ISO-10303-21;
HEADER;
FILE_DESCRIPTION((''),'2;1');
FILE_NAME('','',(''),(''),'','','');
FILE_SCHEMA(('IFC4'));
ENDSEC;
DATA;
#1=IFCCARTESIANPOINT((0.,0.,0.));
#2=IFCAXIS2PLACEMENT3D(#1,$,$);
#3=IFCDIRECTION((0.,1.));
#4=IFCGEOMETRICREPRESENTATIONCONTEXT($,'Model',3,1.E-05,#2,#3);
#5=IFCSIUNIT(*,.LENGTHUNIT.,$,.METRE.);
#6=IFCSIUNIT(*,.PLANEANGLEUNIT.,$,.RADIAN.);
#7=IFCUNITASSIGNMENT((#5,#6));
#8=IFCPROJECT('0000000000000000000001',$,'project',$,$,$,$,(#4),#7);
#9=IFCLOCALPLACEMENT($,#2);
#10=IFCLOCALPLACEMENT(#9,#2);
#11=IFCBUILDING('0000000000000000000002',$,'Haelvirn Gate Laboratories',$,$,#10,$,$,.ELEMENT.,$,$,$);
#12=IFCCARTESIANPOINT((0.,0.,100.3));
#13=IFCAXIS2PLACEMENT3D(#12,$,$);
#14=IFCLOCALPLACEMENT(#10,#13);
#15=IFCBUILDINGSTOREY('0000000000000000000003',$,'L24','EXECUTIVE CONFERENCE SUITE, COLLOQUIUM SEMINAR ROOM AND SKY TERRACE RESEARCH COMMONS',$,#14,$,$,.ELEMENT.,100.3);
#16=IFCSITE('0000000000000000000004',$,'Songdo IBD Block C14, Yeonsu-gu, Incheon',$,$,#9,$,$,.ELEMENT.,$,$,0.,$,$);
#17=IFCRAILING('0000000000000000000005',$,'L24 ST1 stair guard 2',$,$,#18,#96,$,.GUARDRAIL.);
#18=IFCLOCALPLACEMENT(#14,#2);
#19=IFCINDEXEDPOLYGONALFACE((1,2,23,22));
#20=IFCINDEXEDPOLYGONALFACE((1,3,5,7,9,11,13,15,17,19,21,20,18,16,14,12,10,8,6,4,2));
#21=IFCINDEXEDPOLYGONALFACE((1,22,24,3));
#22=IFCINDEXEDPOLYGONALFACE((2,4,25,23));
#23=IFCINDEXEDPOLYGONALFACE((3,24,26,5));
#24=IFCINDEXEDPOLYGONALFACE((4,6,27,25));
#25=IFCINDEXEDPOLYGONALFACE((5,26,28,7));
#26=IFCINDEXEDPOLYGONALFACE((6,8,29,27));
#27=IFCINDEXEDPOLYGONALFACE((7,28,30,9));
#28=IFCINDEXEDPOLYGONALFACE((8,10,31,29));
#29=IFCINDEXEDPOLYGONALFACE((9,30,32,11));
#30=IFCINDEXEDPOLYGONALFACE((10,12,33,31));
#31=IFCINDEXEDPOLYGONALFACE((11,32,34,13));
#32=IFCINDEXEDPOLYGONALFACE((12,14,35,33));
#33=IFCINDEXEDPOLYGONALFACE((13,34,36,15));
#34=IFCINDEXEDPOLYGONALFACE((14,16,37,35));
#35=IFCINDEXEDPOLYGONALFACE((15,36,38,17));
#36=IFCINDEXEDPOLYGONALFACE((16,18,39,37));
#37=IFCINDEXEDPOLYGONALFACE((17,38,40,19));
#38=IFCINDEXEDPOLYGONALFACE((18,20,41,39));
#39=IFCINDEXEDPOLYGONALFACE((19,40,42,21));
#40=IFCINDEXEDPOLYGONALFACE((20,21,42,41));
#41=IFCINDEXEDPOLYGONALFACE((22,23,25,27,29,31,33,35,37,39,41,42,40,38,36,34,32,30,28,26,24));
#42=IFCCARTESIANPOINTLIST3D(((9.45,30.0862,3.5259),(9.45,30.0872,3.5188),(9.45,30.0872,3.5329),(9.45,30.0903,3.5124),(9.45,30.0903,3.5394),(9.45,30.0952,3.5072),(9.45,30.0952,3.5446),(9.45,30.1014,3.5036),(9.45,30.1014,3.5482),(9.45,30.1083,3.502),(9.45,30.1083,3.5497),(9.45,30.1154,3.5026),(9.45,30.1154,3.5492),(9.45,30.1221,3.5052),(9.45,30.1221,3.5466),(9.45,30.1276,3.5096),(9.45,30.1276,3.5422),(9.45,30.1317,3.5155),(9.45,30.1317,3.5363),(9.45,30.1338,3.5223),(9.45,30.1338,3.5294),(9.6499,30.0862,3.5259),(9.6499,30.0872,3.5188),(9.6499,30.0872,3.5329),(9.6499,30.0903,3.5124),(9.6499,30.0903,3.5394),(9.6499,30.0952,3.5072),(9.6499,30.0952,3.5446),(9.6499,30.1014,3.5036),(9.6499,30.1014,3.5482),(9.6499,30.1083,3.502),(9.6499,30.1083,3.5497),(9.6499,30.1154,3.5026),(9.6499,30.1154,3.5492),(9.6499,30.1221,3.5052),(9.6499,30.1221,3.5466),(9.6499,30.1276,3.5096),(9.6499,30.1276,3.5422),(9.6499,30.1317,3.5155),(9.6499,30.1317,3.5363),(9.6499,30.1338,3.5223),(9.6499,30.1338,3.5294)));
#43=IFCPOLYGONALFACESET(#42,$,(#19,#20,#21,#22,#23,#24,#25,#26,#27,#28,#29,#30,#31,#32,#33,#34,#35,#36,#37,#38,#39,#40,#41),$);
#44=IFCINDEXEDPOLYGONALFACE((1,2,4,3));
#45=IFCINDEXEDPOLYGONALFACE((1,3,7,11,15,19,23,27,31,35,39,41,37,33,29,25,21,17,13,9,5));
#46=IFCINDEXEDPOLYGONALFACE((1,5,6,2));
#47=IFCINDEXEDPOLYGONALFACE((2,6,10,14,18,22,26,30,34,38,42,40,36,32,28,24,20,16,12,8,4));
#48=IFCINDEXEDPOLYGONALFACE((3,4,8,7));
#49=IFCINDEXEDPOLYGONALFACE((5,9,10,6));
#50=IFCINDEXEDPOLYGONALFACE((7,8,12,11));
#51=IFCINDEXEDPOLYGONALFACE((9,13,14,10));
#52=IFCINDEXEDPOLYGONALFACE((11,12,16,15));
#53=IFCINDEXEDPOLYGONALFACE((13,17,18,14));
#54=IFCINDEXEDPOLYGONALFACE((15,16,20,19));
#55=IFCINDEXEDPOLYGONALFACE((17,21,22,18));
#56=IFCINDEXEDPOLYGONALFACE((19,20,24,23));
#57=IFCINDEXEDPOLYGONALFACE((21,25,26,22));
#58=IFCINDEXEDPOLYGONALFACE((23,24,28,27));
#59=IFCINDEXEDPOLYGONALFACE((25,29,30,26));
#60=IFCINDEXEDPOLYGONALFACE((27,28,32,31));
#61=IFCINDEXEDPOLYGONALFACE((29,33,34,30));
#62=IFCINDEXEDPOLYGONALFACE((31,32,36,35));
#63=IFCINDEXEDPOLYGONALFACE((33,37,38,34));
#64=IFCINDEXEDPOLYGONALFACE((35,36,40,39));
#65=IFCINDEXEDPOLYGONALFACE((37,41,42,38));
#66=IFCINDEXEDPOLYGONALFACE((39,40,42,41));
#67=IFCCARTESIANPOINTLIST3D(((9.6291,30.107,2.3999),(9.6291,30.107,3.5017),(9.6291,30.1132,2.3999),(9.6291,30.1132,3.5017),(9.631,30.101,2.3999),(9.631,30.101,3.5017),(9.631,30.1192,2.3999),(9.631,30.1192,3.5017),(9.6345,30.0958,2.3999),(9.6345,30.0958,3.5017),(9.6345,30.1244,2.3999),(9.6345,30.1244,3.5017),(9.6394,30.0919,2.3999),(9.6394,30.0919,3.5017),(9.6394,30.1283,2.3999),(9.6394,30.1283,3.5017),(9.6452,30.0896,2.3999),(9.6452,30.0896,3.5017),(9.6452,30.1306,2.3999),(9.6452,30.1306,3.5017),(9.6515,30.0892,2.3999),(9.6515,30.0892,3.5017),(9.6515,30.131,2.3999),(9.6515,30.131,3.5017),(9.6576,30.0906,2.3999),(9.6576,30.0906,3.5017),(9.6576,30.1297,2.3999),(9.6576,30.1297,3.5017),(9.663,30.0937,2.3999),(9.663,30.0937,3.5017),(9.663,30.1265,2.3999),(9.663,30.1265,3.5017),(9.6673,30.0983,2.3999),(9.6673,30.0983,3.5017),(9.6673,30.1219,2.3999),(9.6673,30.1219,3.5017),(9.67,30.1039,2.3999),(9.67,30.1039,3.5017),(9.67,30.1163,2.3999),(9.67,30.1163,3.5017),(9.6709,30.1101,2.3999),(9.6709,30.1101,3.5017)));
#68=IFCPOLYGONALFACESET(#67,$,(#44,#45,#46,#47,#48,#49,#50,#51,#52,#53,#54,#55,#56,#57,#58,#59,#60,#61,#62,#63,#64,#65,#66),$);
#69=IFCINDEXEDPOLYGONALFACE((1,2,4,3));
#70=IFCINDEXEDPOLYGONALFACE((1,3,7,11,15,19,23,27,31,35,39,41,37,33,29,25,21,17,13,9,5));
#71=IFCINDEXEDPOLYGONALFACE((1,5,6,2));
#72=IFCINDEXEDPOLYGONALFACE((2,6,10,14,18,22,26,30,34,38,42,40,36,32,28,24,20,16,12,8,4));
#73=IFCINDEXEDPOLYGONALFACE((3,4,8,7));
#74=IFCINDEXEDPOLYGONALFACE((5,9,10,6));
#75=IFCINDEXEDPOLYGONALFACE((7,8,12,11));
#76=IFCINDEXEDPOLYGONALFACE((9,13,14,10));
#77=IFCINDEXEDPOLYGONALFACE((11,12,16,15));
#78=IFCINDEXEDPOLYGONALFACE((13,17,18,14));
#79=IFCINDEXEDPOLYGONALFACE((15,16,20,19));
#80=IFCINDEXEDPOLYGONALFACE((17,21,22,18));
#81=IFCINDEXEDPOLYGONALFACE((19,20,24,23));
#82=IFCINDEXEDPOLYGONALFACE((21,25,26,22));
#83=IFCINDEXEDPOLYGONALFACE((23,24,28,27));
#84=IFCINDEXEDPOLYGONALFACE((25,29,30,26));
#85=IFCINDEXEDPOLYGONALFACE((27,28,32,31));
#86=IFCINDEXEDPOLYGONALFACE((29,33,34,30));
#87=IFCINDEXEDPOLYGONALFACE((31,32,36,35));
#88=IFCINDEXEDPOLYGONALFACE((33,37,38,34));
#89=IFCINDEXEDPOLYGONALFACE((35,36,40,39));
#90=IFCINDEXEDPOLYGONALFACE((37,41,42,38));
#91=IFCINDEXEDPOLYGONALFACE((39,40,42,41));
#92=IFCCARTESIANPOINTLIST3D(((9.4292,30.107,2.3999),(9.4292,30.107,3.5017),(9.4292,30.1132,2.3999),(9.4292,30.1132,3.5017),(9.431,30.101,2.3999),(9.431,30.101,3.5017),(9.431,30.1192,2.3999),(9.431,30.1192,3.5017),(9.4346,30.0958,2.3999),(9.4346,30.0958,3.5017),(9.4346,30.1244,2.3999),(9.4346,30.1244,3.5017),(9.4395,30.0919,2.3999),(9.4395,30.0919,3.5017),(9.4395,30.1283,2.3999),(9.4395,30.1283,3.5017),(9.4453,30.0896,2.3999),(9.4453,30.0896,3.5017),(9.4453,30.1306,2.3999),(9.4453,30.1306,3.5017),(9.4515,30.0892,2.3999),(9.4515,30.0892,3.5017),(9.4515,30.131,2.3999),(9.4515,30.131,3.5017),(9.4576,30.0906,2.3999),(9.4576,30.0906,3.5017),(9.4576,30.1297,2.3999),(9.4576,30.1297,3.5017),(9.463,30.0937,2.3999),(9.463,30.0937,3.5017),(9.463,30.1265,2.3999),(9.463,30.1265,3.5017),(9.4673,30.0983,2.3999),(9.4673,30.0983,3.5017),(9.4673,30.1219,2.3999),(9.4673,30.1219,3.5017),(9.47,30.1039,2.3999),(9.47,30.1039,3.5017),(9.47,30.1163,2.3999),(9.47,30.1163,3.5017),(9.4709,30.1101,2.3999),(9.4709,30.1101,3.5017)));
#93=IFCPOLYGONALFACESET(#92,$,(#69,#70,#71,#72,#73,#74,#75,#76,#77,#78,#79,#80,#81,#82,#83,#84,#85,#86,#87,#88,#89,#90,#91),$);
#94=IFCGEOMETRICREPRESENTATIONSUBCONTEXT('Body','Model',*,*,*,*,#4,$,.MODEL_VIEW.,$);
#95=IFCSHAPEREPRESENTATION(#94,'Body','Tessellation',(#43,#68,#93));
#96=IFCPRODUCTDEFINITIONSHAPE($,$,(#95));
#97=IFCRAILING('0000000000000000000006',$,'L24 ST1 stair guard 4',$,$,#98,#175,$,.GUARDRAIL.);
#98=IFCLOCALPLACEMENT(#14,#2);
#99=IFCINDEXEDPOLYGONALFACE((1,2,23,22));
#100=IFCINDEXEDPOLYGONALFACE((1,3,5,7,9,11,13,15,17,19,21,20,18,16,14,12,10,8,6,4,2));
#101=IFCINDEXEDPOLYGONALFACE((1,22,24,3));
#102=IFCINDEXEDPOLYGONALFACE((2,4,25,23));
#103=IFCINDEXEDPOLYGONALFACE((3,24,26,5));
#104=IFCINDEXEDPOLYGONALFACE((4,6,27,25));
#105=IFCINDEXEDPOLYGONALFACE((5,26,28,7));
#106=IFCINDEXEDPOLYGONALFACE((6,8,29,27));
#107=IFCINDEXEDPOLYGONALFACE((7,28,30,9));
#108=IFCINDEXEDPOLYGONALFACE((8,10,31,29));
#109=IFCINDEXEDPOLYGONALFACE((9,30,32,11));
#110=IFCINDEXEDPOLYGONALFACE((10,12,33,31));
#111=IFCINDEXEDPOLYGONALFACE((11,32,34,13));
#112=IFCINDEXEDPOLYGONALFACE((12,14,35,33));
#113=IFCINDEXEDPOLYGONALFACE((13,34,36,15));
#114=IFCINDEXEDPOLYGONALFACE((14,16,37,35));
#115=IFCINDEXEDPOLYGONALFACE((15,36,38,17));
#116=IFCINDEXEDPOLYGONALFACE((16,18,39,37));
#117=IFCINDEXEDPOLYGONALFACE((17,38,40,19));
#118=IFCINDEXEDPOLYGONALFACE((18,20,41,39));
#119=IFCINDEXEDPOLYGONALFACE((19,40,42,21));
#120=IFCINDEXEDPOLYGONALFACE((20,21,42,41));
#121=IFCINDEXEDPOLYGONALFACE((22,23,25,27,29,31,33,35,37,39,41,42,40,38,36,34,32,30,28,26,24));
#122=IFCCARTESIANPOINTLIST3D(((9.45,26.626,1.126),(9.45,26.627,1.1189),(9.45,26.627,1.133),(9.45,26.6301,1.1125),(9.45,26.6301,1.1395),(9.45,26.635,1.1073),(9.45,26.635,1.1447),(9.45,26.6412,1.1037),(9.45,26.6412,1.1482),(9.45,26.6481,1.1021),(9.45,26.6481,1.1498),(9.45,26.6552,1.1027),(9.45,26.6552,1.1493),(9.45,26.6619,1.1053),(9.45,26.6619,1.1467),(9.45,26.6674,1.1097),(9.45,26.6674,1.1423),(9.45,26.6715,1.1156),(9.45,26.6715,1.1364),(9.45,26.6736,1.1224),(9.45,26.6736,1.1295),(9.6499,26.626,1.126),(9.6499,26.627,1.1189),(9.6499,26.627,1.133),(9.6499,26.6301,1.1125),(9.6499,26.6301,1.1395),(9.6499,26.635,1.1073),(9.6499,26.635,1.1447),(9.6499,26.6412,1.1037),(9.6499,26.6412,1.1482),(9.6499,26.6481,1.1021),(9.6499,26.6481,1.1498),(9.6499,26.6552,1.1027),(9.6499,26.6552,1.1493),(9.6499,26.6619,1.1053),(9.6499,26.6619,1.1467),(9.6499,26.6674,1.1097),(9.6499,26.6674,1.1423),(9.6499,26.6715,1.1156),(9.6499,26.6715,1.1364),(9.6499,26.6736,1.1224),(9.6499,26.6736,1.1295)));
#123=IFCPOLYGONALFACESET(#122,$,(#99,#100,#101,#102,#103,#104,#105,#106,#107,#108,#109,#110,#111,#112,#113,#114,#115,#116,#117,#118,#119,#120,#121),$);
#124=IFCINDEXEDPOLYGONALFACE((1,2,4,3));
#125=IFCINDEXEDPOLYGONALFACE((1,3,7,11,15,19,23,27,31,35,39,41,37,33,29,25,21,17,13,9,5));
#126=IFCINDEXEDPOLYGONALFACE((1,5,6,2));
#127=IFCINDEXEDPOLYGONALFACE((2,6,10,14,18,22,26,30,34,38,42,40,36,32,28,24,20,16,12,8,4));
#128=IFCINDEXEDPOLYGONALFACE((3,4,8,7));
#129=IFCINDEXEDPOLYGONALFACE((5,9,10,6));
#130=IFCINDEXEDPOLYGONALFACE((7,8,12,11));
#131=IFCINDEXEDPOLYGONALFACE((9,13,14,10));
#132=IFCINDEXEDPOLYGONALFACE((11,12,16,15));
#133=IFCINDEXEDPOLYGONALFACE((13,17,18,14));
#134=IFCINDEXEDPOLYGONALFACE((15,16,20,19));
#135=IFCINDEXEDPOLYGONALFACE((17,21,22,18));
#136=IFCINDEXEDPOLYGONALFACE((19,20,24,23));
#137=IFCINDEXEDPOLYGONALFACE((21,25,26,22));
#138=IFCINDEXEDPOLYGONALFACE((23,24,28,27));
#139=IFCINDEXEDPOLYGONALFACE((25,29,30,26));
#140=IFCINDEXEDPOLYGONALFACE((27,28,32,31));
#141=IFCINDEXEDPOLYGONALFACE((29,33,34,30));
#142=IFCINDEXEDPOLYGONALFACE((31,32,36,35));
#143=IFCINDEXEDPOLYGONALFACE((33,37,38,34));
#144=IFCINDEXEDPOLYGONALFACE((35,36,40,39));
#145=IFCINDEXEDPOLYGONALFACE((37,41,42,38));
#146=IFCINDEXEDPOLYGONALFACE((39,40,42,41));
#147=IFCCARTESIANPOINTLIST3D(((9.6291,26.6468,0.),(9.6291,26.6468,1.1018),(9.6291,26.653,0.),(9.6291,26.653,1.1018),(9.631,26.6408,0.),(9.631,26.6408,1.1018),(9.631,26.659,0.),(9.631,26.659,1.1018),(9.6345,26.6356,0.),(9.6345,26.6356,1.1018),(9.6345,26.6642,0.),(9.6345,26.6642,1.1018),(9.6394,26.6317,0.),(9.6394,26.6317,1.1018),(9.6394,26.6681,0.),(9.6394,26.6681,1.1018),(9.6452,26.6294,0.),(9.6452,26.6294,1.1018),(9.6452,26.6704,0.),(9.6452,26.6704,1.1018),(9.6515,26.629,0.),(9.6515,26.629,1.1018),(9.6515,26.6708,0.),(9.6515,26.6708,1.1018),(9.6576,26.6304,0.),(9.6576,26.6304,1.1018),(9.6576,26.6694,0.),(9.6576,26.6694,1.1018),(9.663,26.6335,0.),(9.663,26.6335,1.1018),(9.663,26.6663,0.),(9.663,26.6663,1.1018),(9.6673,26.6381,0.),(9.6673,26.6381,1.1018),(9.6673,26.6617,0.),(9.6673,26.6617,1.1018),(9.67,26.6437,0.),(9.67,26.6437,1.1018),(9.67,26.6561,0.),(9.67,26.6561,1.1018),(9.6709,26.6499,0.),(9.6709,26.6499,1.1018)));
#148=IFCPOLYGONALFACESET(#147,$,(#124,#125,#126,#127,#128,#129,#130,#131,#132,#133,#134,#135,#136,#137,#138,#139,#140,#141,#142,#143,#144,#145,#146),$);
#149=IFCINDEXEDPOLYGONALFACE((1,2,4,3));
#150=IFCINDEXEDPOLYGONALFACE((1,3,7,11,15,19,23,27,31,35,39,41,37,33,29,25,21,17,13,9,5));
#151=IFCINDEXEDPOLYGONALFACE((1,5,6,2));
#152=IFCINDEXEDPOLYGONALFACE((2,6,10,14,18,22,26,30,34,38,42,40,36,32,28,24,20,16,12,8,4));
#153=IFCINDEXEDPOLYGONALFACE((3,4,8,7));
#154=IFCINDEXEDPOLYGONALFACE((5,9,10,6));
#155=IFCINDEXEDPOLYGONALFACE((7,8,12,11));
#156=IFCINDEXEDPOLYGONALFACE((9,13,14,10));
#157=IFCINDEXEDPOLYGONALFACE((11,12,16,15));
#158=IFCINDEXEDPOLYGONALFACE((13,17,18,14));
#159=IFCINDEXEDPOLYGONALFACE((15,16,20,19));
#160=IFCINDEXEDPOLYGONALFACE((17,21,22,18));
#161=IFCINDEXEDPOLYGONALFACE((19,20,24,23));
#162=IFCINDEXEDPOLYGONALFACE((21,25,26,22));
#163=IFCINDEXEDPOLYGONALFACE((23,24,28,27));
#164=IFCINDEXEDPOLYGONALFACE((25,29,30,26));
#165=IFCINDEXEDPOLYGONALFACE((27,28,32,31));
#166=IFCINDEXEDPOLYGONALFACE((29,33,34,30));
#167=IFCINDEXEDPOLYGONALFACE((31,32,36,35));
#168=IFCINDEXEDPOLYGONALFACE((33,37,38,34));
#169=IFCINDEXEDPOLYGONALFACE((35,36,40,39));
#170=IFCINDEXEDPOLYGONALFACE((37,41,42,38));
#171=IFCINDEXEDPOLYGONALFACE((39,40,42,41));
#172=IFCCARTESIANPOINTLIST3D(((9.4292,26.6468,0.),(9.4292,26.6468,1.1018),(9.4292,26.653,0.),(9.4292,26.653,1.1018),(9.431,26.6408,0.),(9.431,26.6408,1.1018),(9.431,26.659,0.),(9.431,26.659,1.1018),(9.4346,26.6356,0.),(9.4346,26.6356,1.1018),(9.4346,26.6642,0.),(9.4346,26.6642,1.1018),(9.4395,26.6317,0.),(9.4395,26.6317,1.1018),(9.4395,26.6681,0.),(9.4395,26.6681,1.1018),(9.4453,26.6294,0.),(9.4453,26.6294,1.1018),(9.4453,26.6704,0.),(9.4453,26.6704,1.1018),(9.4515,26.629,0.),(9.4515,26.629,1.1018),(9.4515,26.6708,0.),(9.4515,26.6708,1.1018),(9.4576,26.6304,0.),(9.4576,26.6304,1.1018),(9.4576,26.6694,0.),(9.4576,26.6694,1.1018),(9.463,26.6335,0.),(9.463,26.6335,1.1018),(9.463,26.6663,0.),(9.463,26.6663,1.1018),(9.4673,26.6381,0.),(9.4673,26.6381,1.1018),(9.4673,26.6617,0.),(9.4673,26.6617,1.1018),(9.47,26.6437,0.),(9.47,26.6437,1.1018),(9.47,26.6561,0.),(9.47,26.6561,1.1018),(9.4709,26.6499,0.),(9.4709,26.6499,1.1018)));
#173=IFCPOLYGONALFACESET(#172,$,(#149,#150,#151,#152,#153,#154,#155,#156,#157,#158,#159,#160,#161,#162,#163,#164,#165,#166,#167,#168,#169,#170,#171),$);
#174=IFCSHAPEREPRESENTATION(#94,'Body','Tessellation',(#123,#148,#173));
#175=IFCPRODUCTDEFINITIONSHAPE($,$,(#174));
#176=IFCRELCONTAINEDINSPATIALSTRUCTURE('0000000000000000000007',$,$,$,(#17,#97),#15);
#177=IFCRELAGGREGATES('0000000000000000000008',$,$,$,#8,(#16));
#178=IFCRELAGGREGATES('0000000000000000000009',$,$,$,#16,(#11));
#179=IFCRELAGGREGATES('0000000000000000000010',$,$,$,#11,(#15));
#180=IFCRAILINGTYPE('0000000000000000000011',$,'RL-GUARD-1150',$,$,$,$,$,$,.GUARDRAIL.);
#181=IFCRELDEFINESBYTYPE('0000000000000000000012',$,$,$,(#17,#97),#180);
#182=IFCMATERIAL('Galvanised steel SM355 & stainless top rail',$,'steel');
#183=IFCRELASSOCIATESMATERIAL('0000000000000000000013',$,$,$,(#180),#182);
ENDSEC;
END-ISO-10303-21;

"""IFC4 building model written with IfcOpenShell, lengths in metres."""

from ifc_helpers import new_model, si_unit, direction, frame, origin, origin_2d, place, context, subcontext, project, spatial, circle, extrude, source, transform, mapped, material, type_object, element, save


model = new_model("IFC4")

# Units and contexts
model_context = context("Model", 3, precision=1e-05, world=origin(), true_north=direction((0.0, 1.0)))
body_context = subcontext(model_context, "Body", "Model", "MODEL_VIEW")
ifc_project = project(units=[si_unit("LENGTHUNIT", "METRE"), si_unit("PLANEANGLEUNIT", "RADIAN")], contexts=[model_context])

# Site, building, storey
site_placement = place(None, origin())
site = spatial("IfcSite", under=ifc_project, at=site_placement, Name="Songdo IBD Block C14, Yeonsu-gu, Incheon", CompositionType="ELEMENT", RefElevation=0.0)
building_placement = place(site_placement, origin())
building = spatial("IfcBuilding", under=site, at=building_placement, Name="Haelvirn Gate Laboratories", CompositionType="ELEMENT")
storey_placement = place(building_placement, frame((0.0, 0.0, 100.3)))
storey = spatial("IfcBuildingStorey", under=building, at=storey_placement, Name="L24", Description="EXECUTIVE CONFERENCE SUITE, COLLOQUIUM SEMINAR ROOM AND SKY TERRACE RESEARCH COMMONS", CompositionType="ELEMENT", Elevation=100.3)

# Railings
ifc_material_1 = material(Name="Galvanised steel SM355 & stainless top rail", Category="steel")
railing_type_1 = type_object("IfcRailingType", Name="RL-GUARD-1150", PredefinedType="GUARDRAIL", material=ifc_material_1)
shared_shape_1 = source(origin(), body_context, "Body", "SweptSolid", [
    extrude(circle(Radius=0.0239, at=origin_2d()), frame((0.0, 0.0, 1.126), z_axis=(-1.0, 0.0, 0.0), x_axis=(0.0, -1.0, 0.0)), (0.0, 0.0, 1.0), 0.2),
    extrude(circle(Radius=0.021, at=origin_2d()), origin(), (0.0, 0.0, 1.0), 1.1018),
    extrude(circle(Radius=0.021, at=origin_2d()), frame((-0.2, 0.0, 0.0)), (0.0, 0.0, 1.0), 1.1018),
])
for number, where, name in (
    (1, (9.6499, 30.1101, 2.3999), "L24 ST1 stair guard 2"),
    (2, (9.6499, 26.6499, 0.0), "L24 ST1 stair guard 4"),
):
    element("IfcRailing", number, at=place(storey_placement, frame(where)), inside=storey, type_object=railing_type_1, Name=name, PredefinedType="GUARDRAIL", context=body_context, shape_type="MappedRepresentation", body=[
        mapped(shared_shape_1, transform((0.0, 0.0, 0.0), scale=1.0)),
    ])

save(model, "model.ifc")
